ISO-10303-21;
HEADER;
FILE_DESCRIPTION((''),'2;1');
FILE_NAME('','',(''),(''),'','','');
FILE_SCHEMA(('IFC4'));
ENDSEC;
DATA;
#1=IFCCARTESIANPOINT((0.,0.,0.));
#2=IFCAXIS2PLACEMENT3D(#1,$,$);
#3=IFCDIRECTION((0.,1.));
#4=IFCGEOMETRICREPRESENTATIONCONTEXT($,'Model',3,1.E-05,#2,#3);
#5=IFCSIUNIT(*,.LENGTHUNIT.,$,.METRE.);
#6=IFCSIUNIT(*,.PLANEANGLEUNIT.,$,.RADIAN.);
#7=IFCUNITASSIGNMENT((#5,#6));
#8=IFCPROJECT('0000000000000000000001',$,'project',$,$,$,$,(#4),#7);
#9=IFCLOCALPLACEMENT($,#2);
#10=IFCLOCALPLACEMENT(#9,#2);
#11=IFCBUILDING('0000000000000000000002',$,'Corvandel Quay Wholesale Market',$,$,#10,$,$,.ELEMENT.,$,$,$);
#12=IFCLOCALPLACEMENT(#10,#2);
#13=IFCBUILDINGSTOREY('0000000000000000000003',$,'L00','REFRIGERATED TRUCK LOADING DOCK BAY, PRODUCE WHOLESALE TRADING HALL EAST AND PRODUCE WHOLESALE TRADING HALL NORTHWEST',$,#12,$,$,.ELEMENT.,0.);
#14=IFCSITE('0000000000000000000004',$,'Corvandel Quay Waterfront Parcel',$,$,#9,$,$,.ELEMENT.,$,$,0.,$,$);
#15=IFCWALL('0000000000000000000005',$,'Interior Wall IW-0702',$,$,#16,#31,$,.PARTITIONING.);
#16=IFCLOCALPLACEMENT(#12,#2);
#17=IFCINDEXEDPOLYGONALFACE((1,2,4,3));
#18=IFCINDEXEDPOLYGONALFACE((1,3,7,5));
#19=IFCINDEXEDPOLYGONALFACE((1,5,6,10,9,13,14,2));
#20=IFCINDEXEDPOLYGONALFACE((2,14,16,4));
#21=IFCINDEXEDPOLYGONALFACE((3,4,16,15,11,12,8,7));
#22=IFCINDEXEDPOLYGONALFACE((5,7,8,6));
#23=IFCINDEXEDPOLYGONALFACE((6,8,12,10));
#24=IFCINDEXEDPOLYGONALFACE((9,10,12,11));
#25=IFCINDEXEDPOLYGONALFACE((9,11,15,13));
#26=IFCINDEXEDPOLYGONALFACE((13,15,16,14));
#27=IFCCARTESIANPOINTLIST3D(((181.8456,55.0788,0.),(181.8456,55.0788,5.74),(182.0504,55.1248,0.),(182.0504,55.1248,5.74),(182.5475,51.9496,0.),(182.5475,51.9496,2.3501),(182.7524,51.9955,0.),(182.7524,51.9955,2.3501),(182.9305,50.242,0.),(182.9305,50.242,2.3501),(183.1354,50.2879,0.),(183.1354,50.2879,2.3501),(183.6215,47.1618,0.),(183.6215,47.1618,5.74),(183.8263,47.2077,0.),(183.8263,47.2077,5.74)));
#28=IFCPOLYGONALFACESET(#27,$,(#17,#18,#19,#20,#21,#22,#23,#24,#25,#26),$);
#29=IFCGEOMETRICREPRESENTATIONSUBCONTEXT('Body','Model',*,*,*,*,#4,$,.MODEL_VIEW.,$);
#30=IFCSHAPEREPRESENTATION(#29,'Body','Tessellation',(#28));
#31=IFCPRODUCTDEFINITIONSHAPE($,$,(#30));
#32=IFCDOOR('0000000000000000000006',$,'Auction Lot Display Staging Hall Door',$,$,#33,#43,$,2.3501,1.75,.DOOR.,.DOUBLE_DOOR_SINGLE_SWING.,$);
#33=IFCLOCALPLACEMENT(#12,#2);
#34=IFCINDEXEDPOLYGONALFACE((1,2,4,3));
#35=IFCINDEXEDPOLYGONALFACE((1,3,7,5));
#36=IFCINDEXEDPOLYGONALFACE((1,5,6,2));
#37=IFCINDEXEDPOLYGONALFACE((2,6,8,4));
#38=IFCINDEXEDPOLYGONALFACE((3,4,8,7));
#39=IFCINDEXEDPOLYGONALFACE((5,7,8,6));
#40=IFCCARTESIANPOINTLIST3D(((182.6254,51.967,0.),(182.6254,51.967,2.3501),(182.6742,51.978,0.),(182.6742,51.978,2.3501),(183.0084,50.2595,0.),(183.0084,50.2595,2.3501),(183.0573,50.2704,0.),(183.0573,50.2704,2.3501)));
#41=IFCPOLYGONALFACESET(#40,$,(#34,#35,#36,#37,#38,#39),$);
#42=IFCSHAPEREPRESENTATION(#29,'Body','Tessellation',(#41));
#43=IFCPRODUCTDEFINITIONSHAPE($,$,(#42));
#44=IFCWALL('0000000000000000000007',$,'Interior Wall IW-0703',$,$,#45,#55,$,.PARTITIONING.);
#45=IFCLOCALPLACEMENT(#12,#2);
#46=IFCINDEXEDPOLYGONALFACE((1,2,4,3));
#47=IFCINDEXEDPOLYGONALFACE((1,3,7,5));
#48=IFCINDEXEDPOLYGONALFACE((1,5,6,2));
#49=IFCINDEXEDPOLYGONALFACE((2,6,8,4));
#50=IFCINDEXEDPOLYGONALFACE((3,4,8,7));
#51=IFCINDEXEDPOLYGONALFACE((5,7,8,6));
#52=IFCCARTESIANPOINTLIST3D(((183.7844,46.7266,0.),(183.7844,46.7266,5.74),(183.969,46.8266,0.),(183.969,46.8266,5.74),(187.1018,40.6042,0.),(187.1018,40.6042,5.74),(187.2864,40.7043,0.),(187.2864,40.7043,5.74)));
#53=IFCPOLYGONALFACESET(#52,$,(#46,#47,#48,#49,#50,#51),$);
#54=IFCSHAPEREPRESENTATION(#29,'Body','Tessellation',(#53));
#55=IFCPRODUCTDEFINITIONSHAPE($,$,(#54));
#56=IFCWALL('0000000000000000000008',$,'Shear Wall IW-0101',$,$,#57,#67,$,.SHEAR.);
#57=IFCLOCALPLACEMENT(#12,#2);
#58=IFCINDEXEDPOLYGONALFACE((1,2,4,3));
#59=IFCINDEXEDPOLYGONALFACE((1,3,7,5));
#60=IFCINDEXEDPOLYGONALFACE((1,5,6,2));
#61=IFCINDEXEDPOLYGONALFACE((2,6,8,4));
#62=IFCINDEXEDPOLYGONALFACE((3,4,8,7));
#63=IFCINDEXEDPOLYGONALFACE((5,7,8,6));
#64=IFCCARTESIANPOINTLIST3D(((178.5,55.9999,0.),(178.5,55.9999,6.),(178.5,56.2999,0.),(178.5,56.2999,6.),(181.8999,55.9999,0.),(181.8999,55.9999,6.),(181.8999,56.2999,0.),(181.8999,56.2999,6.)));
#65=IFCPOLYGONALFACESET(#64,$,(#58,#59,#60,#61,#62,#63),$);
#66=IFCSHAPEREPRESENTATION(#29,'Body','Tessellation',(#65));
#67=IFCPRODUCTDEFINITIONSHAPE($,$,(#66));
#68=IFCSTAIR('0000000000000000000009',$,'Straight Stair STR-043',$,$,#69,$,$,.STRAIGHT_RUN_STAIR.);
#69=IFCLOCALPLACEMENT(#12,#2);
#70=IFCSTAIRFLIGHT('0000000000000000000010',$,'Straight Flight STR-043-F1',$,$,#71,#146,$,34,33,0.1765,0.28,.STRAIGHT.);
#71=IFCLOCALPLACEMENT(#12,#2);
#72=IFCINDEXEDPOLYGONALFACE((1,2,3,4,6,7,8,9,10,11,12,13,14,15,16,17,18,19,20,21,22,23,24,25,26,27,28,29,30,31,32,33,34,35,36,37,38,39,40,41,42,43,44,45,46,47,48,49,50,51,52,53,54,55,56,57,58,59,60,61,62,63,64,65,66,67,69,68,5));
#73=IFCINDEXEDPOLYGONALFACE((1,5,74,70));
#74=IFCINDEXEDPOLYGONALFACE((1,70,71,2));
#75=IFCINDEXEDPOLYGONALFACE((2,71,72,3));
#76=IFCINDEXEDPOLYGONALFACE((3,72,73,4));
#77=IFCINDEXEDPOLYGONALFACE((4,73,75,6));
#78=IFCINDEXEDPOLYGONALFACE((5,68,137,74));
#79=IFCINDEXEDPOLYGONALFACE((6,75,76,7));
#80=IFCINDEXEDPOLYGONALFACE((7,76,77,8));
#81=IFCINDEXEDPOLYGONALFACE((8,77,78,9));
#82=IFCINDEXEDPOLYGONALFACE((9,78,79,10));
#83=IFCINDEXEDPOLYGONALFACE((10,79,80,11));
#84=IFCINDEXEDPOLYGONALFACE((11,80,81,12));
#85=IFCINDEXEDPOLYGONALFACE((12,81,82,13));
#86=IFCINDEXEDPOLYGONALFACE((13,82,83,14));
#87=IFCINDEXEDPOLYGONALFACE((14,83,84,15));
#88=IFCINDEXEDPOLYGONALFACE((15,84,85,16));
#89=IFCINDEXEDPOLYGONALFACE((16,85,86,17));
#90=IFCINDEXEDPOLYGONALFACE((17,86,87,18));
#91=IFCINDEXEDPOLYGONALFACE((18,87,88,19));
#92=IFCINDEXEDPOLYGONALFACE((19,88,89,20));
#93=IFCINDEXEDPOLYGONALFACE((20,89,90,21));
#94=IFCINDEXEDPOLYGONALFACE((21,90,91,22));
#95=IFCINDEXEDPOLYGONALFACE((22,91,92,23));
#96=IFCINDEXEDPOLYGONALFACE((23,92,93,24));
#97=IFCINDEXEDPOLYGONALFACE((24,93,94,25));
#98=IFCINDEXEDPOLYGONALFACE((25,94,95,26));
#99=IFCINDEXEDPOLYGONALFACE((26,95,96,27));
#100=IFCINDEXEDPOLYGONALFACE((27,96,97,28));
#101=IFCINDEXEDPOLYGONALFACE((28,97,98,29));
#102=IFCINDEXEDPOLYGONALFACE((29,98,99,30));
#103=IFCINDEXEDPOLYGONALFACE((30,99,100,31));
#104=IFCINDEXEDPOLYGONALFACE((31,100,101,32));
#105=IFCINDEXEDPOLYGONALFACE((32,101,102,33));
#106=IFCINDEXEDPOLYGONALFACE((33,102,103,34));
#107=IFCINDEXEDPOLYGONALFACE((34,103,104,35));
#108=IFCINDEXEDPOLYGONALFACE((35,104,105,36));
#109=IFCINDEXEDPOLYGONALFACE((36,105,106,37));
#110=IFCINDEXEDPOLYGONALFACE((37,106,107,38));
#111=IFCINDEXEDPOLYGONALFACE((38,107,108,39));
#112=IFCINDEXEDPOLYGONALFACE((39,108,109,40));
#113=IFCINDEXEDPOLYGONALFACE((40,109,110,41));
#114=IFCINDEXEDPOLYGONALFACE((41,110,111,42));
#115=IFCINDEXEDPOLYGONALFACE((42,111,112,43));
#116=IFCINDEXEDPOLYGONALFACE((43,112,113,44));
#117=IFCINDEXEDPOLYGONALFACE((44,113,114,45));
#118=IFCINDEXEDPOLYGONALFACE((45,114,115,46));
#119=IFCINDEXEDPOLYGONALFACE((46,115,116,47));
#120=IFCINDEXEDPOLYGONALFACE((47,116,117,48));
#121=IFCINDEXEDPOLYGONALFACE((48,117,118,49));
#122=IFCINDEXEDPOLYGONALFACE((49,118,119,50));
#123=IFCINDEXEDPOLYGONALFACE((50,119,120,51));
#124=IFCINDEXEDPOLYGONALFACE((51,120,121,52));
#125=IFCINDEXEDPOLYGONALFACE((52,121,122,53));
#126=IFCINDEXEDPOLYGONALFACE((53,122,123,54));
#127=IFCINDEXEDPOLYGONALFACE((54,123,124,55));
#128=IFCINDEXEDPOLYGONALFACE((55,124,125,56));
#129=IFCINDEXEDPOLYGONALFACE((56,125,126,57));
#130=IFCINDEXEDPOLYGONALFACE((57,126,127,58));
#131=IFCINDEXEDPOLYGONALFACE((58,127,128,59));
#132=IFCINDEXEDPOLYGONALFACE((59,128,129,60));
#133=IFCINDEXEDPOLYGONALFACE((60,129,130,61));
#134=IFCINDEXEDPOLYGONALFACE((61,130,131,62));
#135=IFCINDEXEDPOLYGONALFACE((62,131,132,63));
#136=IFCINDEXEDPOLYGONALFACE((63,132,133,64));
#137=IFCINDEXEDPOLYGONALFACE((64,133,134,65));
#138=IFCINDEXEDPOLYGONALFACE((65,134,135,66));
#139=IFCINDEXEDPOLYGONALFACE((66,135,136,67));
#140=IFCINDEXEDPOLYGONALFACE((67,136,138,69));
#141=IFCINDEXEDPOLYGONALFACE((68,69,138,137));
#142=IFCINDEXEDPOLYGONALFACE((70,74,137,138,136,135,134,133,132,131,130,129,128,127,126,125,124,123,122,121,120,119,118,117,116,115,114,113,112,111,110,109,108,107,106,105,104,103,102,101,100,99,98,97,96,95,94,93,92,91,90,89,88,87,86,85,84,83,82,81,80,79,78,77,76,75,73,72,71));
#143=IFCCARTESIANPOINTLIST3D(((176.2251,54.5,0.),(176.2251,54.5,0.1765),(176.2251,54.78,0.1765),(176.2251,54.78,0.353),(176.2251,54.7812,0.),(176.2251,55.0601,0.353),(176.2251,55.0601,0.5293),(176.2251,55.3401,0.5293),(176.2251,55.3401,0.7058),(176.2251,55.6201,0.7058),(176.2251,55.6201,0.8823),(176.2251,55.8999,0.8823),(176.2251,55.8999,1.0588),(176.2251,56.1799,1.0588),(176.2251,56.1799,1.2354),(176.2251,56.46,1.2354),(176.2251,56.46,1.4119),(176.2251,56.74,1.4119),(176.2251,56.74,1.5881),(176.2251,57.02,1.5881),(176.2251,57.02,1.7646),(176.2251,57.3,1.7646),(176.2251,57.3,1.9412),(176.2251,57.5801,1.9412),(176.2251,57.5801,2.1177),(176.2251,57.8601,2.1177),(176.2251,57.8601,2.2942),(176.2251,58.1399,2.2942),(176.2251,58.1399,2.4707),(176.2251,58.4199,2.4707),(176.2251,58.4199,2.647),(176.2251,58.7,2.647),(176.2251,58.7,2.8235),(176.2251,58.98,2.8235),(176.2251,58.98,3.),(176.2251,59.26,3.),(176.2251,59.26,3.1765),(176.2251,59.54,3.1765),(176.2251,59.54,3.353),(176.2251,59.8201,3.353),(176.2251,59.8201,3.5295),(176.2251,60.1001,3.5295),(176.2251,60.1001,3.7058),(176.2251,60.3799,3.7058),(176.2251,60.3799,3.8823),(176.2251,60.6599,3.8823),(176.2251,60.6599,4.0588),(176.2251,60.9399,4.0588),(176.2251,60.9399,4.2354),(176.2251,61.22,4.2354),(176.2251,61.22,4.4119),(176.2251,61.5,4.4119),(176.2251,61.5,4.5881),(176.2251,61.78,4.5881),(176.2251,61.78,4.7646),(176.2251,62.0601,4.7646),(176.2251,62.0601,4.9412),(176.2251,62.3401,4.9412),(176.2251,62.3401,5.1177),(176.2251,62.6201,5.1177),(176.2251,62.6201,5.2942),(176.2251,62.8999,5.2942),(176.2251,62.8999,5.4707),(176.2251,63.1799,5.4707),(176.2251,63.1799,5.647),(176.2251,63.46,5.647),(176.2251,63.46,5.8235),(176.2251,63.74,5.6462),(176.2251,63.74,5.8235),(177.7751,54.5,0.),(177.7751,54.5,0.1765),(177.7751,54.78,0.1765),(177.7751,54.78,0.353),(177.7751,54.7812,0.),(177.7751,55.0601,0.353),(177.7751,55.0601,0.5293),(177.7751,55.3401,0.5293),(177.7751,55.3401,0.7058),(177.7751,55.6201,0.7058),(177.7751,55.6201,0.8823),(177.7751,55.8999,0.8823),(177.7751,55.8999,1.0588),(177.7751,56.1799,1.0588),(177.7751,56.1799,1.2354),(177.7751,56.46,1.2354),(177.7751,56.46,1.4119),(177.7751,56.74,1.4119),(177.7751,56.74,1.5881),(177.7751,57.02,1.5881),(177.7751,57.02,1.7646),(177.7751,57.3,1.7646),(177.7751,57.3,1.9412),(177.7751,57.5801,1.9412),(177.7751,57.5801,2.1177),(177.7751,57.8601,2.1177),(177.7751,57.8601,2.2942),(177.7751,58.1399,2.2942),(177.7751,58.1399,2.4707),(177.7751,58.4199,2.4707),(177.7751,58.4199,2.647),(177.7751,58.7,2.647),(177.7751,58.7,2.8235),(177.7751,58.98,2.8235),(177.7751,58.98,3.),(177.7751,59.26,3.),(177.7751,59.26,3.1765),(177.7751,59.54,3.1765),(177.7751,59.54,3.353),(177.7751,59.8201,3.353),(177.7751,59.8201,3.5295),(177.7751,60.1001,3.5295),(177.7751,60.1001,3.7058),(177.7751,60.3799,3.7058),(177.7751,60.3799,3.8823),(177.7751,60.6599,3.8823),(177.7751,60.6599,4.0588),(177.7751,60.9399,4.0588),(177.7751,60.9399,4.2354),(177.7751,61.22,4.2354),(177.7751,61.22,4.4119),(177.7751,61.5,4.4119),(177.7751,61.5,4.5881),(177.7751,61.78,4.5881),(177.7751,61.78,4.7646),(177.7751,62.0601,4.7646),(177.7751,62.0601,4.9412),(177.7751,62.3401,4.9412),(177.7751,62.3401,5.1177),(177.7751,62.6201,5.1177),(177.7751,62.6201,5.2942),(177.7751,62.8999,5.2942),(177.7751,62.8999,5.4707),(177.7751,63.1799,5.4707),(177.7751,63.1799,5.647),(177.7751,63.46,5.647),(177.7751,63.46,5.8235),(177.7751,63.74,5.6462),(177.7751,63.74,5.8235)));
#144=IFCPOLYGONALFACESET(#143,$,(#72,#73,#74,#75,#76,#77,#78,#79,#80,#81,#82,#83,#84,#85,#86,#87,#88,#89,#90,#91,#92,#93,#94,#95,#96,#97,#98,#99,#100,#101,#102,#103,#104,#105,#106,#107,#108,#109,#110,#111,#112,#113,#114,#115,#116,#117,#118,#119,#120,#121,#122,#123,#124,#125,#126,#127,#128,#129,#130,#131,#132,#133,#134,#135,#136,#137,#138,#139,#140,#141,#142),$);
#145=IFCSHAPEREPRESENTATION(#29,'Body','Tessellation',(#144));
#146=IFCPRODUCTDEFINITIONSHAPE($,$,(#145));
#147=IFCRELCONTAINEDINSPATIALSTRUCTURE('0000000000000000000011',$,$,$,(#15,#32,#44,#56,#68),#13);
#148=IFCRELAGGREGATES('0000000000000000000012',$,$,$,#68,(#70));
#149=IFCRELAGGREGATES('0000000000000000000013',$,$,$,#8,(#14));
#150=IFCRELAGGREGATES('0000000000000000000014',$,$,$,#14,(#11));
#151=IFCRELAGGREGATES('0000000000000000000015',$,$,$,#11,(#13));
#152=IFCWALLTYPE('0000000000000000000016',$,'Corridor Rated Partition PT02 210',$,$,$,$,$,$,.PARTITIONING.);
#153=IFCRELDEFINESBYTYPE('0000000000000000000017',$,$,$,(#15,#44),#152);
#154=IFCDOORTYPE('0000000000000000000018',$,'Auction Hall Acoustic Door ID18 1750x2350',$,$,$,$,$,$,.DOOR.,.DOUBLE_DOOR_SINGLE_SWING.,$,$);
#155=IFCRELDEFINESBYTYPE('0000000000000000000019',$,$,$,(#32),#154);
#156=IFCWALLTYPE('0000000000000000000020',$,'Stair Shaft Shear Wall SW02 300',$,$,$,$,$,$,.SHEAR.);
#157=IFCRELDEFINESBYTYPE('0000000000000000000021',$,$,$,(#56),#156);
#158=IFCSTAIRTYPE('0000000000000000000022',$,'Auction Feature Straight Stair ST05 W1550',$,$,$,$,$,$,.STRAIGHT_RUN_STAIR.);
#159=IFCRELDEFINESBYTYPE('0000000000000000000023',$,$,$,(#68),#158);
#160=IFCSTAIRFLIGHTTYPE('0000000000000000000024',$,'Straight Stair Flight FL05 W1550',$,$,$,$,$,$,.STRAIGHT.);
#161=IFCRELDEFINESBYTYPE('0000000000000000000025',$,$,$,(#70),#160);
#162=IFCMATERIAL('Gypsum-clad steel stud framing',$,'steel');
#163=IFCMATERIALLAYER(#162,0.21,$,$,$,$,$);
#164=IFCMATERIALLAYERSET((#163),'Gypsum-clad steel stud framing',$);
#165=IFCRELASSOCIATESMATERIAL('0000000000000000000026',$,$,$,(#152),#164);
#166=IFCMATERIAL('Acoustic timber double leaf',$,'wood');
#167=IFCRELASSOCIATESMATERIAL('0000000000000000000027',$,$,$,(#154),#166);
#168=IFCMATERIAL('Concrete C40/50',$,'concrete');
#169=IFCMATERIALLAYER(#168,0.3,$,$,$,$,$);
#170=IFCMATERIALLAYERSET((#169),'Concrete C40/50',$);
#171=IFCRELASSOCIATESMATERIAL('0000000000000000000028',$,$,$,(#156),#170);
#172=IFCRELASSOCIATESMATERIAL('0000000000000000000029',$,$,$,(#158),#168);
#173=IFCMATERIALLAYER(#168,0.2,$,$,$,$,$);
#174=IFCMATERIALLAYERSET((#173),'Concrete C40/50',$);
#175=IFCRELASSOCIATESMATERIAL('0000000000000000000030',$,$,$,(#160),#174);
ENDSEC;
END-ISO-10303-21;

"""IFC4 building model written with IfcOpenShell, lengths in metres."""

from ifc_helpers import new_model, si_unit, direction, frame, frame_2d, origin, place, context, subcontext, project, spatial, polyline, rectangle, outline, extrude, material, layer, layer_set, type_object, element, fill, aggregate, save


model = new_model("IFC4")

# Units and contexts
model_context = context("Model", 3, precision=1e-05, world=origin(), true_north=direction((0.0, 1.0)))
body_context = subcontext(model_context, "Body", "Model", "MODEL_VIEW")
ifc_project = project(units=[si_unit("LENGTHUNIT", "METRE"), si_unit("PLANEANGLEUNIT", "RADIAN")], contexts=[model_context])

# Site, building, storey
site_placement = place(None, origin())
site = spatial("IfcSite", under=ifc_project, at=site_placement, Name="Corvandel Quay Waterfront Parcel", CompositionType="ELEMENT", RefElevation=0.0)
building_placement = place(site_placement, origin())
building = spatial("IfcBuilding", under=site, at=building_placement, Name="Corvandel Quay Wholesale Market", CompositionType="ELEMENT")
storey_placement = place(building_placement, origin())
storey = spatial("IfcBuildingStorey", under=building, at=storey_placement, Name="L00", Description="REFRIGERATED TRUCK LOADING DOCK BAY, PRODUCE WHOLESALE TRADING HALL EAST AND PRODUCE WHOLESALE TRADING HALL NORTHWEST", CompositionType="ELEMENT", Elevation=0.0)

# Shared definitions
ifc_material_1 = material(Name="Concrete C40/50", Category="concrete")

# Wall, opening, door
ifc_material_2 = material(Name="Gypsum-clad steel stud framing", Category="steel")
ifc_layer_1 = layer(ifc_material_2, 0.21)
ifc_layer_set_1 = layer_set([ifc_layer_1], Name="Gypsum-clad steel stud framing")
wall_type_1 = type_object("IfcWallType", Name="Corridor Rated Partition PT02 210", PredefinedType="PARTITIONING", material=ifc_layer_set_1)
wall_1_placement = place(storey_placement, frame((181.948, 55.1018, 0.0), z_axis=(0.0, 0.0, 1.0), x_axis=(0.218873, -0.975753, 0.0)))
wall_1 = element("IfcWall", 1, at=wall_1_placement, inside=storey, type_object=wall_type_1, Name="Interior Wall IW-0702", PredefinedType="PARTITIONING", context=body_context, shape_type="SweptSolid", body=[
    extrude(rectangle(XDim=8.1138, YDim=0.21, at=frame_2d((4.0569, 0.0))), origin(), (0.0, 0.0, 1.0), 5.74),
])
opening_placement = place(wall_1_placement, frame((3.207, 0.0, 0.0)))
opening = element("IfcOpeningElement", 2, at=opening_placement, cuts=wall_1, PredefinedType="OPENING", context=body_context, shape_type="SweptSolid", body=[
    extrude(rectangle(XDim=1.75, YDim=2.3501, at=frame_2d((0.875, 1.175))), frame((0.0, 0.115, 0.0), z_axis=(0.0, -1.0, 0.0), x_axis=(1.0, 0.0, 0.0)), (0.0, 0.0, 1.0), 0.23),
])
ifc_material_3 = material(Name="Acoustic timber double leaf", Category="wood")
door_type = type_object("IfcDoorType", Name="Auction Hall Acoustic Door ID18 1750x2350", OperationType="DOUBLE_DOOR_SINGLE_SWING", PredefinedType="DOOR", material=ifc_material_3)
door_placement = place(opening_placement, origin())
door = element("IfcDoor", 3, at=door_placement, inside=storey, type_object=door_type, Name="Auction Lot Display Staging Hall Door", OperationType="DOUBLE_DOOR_SINGLE_SWING", OverallHeight=2.3501, OverallWidth=1.75, PredefinedType="DOOR", context=body_context, shape_type="SweptSolid", body=[
    extrude(rectangle(XDim=1.75, YDim=2.3501, at=frame_2d((0.875, 1.175))), frame((0.0, 0.0249, 0.0), z_axis=(0.0, -1.0, 0.0), x_axis=(1.0, 0.0, 0.0)), (0.0, 0.0, 1.0), 0.05),
])
fill(opening, door)

# Walls
wall_2_placement = place(storey_placement, frame((183.8767, 46.7766, 0.0), z_axis=(0.0, 0.0, 1.0), x_axis=(0.476409, -0.879224, 0.0)))
element("IfcWall", 4, at=wall_2_placement, inside=storey, type_object=wall_type_1, Name="Interior Wall IW-0703", PredefinedType="PARTITIONING", context=body_context, shape_type="SweptSolid", body=[
    extrude(rectangle(XDim=6.9634, YDim=0.21, at=frame_2d((3.4817, 0.0))), origin(), (0.0, 0.0, 1.0), 5.74),
])
ifc_layer_2 = layer(ifc_material_1, 0.3)
ifc_layer_set_2 = layer_set([ifc_layer_2], Name="Concrete C40/50")
wall_type_2 = type_object("IfcWallType", Name="Stair Shaft Shear Wall SW02 300", PredefinedType="SHEAR", material=ifc_layer_set_2)
wall_3_placement = place(storey_placement, frame((178.5, 56.1499, 0.0), z_axis=(0.0, 0.0, 1.0), x_axis=(1.0, 0.0, 0.0)))
element("IfcWall", 5, at=wall_3_placement, inside=storey, type_object=wall_type_2, Name="Shear Wall IW-0101", PredefinedType="SHEAR", context=body_context, shape_type="SweptSolid", body=[
    extrude(rectangle(XDim=3.3999, YDim=0.3, at=frame_2d((1.7, 0.0))), origin(), (0.0, 0.0, 1.0), 6.0),
])

# Stair, stair flight
stair_type = type_object("IfcStairType", Name="Auction Feature Straight Stair ST05 W1550", PredefinedType="STRAIGHT_RUN_STAIR", material=ifc_material_1)
stair_placement = place(storey_placement, origin())
stair = element("IfcStair", 6, at=stair_placement, inside=storey, type_object=stair_type, Name="Straight Stair STR-043", PredefinedType="STRAIGHT_RUN_STAIR")
ifc_layer_3 = layer(ifc_material_1, 0.2)
ifc_layer_set_3 = layer_set([ifc_layer_3], Name="Concrete C40/50")
stair_flight_type = type_object("IfcStairFlightType", Name="Straight Stair Flight FL05 W1550", PredefinedType="STRAIGHT", material=ifc_layer_set_3)
stair_flight_placement = place(storey_placement, frame((177.0, 54.5, 0.0), z_axis=(0.0, 0.0, 1.0), x_axis=(0.0, 1.0, 0.0)))
stair_flight = element("IfcStairFlight", 7, at=stair_flight_placement, type_object=stair_flight_type, Name="Straight Flight STR-043-F1", NumberOfRisers=34, NumberOfTreads=33, PredefinedType="STRAIGHT", RiserHeight=0.1765, TreadLength=0.28, context=body_context, shape_type="SweptSolid", body=[
    extrude(outline(polyline([(0.0, 0.0), (0.0, 0.1765), (0.28, 0.1765), (0.28, 0.353), (0.5601, 0.353), (0.5601, 0.5293), (0.8401, 0.5293), (0.8401, 0.7058), (1.1201, 0.7058), (1.1201, 0.8823), (1.3999, 0.8823), (1.3999, 1.0588), (1.6799, 1.0588), (1.6799, 1.2354), (1.96, 1.2354), (1.96, 1.4119), (2.24, 1.4119), (2.24, 1.5881), (2.52, 1.5881), (2.52, 1.7646), (2.8, 1.7646), (2.8, 1.9412), (3.0801, 1.9412), (3.0801, 2.1177), (3.3601, 2.1177), (3.3601, 2.2942), (3.6399, 2.2942), (3.6399, 2.4707), (3.9199, 2.4707), (3.9199, 2.647), (4.2, 2.647), (4.2, 2.8235), (4.48, 2.8235), (4.48, 3.0), (4.76, 3.0), (4.76, 3.1765), (5.04, 3.1765), (5.04, 3.353), (5.3201, 3.353), (5.3201, 3.5295), (5.6001, 3.5295), (5.6001, 3.7058), (5.8799, 3.7058), (5.8799, 3.8823), (6.1599, 3.8823), (6.1599, 4.0588), (6.4399, 4.0588), (6.4399, 4.2354), (6.72, 4.2354), (6.72, 4.4119), (7.0, 4.4119), (7.0, 4.5881), (7.28, 4.5881), (7.28, 4.7646), (7.5601, 4.7646), (7.5601, 4.9412), (7.8401, 4.9412), (7.8401, 5.1177), (8.1201, 5.1177), (8.1201, 5.2942), (8.3999, 5.2942), (8.3999, 5.4707), (8.6799, 5.4707), (8.6799, 5.647), (8.96, 5.647), (8.96, 5.8235), (9.24, 5.8235), (9.24, 6.0), (9.24, 5.6462), (0.2812, 0.0), (0.0, 0.0)])), frame((0.0, 0.7749, 0.0), z_axis=(0.0, -1.0, 0.0), x_axis=(1.0, 0.0, 0.0)), (0.0, 0.0, 1.0), 1.55),
])
aggregate(stair, [stair_flight])

save(model, "model.ifc")
